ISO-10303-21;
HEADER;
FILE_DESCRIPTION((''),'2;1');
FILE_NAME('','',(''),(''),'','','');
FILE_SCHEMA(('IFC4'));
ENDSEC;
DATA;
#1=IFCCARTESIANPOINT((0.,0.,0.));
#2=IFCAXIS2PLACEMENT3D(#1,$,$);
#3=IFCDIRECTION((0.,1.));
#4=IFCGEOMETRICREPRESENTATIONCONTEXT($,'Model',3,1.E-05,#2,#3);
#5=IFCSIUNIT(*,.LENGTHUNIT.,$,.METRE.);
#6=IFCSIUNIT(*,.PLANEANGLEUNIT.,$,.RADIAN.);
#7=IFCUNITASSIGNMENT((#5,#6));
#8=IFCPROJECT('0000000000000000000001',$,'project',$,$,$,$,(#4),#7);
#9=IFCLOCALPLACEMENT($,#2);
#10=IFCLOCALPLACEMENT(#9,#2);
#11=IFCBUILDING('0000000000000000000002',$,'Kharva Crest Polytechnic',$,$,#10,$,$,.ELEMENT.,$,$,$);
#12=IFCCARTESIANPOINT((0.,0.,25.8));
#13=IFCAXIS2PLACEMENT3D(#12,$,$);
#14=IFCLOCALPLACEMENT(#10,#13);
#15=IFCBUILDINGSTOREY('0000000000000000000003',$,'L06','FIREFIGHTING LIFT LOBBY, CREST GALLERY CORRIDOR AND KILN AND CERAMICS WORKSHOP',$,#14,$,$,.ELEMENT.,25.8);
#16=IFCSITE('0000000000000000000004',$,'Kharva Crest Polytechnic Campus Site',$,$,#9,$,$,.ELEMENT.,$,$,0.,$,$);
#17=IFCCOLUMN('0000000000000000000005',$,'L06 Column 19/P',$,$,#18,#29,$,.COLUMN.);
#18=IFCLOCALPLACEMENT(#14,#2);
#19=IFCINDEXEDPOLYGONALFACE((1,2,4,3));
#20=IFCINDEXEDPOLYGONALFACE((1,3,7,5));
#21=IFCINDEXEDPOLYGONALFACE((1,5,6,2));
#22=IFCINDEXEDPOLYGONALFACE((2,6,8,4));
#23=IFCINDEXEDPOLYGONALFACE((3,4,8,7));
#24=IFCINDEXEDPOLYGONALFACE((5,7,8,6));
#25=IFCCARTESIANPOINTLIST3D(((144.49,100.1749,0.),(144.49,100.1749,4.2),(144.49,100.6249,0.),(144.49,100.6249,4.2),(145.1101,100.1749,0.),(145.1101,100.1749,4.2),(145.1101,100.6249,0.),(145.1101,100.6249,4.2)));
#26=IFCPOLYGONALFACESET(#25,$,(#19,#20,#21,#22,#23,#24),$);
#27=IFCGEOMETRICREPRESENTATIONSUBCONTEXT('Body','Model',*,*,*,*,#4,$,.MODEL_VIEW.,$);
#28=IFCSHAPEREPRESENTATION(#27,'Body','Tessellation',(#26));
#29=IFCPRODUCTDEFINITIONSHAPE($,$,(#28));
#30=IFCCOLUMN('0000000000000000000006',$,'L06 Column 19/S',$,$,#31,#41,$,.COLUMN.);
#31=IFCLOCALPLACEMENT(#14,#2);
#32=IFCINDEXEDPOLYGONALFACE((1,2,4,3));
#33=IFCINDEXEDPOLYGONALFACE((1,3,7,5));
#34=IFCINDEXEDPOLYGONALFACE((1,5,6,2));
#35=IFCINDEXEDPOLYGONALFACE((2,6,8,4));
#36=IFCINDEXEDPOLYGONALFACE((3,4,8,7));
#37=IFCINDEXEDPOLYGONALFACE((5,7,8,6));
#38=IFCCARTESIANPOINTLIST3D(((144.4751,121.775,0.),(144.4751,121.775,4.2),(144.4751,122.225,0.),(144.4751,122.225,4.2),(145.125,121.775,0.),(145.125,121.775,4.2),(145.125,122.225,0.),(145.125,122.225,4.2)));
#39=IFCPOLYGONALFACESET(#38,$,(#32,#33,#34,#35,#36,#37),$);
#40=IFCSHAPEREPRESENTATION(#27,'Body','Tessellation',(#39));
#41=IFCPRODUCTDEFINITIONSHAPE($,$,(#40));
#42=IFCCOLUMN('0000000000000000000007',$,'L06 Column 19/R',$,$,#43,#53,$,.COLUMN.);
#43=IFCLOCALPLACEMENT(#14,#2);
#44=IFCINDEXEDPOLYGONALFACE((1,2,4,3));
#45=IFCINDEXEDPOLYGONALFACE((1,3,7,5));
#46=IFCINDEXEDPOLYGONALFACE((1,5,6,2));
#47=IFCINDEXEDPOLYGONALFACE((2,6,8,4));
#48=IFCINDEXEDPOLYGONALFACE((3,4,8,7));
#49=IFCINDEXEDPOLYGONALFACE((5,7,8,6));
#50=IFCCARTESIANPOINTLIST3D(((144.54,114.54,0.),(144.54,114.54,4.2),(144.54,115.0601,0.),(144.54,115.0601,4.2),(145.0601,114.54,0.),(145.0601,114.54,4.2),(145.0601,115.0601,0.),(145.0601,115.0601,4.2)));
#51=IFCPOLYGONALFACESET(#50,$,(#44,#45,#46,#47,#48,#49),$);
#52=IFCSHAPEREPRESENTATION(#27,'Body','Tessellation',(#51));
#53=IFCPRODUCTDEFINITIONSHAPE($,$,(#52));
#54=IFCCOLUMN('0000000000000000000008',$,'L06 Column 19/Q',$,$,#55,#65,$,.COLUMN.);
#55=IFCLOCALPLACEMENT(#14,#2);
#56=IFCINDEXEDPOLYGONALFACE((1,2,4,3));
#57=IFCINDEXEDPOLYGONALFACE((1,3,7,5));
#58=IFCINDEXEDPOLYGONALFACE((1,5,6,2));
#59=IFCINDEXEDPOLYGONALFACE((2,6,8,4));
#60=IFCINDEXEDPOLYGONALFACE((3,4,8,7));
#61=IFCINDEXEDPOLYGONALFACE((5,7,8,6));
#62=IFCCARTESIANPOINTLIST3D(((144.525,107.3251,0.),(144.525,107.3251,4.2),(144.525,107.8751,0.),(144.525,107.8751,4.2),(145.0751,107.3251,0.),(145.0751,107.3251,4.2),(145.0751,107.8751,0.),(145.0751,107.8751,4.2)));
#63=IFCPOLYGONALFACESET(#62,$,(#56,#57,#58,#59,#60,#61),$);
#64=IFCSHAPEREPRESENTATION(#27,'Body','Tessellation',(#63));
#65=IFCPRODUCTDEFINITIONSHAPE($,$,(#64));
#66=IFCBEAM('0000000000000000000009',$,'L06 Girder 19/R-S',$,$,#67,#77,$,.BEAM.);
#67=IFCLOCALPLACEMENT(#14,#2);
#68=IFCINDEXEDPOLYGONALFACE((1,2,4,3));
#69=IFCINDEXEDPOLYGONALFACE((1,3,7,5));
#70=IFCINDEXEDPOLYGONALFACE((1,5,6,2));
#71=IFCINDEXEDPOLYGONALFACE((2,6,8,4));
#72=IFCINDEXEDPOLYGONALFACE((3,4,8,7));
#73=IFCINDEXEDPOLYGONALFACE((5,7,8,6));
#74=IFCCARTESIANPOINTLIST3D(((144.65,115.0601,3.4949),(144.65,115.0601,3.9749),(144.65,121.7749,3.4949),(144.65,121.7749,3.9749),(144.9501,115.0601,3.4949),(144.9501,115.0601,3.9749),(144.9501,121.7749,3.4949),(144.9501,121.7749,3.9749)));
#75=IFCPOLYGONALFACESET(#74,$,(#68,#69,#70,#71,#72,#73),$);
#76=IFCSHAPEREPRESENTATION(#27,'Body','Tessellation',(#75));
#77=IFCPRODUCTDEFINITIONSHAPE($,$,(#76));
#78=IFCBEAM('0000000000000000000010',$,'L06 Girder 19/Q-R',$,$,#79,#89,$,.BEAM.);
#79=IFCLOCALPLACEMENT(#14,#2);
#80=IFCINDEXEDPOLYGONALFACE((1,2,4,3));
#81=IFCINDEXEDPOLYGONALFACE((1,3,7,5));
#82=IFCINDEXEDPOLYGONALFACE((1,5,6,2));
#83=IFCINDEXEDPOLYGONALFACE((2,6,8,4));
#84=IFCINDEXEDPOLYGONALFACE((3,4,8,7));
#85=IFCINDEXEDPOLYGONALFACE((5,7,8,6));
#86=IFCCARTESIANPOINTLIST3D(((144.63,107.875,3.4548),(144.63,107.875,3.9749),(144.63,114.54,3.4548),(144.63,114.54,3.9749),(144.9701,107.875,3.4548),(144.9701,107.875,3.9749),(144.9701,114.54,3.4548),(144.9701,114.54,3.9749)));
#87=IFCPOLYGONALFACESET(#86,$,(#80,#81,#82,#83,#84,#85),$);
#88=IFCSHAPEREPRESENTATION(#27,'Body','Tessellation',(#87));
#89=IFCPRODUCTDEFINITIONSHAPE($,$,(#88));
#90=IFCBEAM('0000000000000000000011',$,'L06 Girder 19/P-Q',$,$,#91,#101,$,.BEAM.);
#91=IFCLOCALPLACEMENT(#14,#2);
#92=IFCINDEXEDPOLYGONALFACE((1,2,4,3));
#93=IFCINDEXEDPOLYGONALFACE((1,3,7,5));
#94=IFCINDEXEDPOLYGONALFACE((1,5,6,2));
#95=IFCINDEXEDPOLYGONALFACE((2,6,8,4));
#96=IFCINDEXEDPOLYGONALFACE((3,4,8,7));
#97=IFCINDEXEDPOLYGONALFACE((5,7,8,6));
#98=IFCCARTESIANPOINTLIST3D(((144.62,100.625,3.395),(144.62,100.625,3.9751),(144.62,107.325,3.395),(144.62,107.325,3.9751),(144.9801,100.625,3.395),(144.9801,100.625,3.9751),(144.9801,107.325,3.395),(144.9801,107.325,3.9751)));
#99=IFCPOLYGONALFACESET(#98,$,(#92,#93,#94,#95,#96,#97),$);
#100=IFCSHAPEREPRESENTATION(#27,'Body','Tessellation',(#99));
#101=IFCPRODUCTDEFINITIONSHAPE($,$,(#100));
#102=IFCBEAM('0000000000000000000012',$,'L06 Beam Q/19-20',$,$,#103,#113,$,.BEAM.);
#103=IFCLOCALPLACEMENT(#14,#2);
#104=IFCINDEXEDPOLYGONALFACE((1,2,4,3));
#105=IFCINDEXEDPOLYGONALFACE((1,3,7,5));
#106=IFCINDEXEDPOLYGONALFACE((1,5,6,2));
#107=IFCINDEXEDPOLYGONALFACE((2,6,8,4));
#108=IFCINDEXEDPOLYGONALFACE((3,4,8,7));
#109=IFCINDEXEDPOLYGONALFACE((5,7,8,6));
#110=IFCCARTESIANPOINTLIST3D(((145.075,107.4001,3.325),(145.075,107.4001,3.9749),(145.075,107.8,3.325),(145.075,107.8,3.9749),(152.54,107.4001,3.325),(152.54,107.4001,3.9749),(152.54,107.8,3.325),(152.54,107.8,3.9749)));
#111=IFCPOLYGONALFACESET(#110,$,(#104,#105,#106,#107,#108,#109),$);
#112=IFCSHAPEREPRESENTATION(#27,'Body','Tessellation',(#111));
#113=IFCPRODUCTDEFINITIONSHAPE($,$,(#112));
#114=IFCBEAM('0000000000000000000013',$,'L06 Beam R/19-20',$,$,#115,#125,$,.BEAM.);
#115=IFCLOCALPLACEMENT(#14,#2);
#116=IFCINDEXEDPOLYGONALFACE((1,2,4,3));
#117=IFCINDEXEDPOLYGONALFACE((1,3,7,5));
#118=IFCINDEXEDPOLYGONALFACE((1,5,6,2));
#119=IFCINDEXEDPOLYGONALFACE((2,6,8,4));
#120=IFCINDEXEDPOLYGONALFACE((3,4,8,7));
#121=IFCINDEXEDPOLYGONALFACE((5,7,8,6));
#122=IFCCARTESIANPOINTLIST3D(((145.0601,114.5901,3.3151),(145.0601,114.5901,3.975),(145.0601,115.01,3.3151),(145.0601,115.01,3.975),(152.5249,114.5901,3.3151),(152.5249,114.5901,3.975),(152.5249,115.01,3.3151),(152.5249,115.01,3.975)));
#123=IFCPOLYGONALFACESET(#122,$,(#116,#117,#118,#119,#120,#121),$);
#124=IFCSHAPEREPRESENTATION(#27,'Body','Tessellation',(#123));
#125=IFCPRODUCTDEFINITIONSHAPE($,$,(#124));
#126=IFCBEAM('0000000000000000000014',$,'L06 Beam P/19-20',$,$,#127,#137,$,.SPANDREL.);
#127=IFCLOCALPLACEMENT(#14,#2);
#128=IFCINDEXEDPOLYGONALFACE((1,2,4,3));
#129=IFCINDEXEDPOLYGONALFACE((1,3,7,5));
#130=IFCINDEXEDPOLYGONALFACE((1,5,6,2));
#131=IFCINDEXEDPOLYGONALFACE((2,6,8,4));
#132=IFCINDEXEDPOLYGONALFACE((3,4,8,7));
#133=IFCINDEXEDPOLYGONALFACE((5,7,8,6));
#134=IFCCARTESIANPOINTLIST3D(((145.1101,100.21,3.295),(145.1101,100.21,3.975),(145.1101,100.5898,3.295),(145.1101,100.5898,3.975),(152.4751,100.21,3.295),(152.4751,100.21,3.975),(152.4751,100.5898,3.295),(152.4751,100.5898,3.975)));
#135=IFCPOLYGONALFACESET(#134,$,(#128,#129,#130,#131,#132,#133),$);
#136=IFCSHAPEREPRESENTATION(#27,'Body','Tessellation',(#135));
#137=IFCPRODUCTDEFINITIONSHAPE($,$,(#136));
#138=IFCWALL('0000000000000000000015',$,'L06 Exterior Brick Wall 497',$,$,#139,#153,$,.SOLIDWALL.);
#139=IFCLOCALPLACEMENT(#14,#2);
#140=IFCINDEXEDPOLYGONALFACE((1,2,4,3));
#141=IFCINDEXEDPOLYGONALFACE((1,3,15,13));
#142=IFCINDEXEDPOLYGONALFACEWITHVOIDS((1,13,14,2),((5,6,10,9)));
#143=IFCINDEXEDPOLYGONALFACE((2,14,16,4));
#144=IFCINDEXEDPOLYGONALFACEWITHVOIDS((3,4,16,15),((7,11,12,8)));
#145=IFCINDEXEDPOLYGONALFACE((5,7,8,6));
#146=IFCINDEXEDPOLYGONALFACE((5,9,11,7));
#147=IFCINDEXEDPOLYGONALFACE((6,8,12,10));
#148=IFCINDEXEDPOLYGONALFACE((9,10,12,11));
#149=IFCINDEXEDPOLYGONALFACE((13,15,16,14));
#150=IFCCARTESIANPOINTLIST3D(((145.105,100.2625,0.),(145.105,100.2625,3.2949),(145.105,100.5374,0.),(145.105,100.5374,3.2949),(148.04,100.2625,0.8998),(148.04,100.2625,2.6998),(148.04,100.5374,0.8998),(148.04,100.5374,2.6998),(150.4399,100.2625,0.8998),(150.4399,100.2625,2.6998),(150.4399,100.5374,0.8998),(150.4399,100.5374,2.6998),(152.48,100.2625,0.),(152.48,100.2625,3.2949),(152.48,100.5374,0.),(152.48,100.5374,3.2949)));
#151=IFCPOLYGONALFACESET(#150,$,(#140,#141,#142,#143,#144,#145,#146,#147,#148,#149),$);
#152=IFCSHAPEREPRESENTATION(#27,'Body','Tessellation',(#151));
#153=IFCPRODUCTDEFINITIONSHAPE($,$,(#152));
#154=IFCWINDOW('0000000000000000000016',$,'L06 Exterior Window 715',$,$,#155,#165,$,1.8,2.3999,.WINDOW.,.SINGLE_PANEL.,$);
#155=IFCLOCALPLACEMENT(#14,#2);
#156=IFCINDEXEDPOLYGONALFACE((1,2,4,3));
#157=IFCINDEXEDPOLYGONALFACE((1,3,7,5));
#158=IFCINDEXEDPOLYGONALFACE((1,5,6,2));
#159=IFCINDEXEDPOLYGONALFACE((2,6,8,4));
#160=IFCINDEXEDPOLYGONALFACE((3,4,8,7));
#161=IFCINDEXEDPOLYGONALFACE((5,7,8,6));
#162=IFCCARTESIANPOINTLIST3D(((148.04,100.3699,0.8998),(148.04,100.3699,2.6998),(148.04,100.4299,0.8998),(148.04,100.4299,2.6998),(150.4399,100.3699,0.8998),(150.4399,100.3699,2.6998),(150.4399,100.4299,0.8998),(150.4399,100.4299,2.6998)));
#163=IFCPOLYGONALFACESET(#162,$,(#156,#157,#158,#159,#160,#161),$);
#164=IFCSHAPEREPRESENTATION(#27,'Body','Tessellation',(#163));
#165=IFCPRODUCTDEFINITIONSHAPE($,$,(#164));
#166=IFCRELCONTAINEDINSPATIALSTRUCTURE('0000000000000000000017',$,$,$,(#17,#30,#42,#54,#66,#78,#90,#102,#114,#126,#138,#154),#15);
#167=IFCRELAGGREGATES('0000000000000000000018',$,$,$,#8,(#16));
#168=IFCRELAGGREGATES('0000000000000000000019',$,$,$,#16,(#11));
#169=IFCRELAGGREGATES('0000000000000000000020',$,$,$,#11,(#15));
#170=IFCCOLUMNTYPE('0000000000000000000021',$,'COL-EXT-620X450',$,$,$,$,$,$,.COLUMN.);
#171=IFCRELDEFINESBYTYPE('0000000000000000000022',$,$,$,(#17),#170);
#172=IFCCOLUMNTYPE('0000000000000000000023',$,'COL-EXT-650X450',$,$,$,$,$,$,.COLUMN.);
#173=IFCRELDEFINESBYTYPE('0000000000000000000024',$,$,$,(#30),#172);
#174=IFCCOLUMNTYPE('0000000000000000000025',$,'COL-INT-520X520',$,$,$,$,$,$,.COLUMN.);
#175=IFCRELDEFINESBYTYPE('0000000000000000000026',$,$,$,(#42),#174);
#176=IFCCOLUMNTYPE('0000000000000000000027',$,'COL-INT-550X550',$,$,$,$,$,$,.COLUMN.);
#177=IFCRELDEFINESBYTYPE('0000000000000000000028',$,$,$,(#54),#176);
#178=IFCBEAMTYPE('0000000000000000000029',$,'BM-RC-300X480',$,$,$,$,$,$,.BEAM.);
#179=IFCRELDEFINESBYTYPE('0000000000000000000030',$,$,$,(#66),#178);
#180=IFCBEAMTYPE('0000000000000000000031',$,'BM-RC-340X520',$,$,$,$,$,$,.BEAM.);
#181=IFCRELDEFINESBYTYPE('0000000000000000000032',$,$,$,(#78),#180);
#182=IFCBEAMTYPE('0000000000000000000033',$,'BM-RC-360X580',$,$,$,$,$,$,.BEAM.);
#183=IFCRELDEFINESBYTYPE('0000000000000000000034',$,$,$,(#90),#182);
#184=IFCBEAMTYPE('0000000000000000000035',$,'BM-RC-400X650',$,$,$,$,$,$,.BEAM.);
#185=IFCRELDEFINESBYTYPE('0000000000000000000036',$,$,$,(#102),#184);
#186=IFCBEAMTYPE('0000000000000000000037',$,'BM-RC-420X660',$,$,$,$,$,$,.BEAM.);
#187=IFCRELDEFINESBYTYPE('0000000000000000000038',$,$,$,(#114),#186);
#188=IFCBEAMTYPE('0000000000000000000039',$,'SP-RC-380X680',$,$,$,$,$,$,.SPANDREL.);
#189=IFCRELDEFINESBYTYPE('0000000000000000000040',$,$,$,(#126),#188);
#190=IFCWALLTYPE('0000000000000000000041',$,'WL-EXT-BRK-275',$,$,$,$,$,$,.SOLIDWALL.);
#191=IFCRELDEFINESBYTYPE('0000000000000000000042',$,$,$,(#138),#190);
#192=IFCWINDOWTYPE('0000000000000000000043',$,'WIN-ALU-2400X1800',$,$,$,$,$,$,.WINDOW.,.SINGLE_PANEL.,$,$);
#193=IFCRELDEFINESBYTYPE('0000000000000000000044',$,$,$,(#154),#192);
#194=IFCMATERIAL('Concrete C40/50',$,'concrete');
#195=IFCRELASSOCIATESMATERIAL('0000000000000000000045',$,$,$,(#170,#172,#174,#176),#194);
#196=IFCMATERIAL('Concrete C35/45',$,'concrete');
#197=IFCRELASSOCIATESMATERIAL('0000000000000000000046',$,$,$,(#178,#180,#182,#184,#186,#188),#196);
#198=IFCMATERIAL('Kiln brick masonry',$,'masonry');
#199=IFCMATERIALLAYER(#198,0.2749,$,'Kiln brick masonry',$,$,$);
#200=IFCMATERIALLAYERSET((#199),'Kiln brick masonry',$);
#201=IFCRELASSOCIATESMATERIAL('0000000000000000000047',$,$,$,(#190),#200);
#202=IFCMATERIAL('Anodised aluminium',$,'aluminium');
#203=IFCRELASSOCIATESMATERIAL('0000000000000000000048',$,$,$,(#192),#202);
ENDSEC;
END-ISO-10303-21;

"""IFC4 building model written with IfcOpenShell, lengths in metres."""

from ifc_helpers import new_model, si_unit, direction, frame, frame_2d, origin, origin_2d, place, context, subcontext, project, spatial, rectangle, extrude, material, layer, layer_set, material_profile, profile_set, type_object, element, fill, save


model = new_model("IFC4")

# Units and contexts
model_context = context("Model", 3, precision=1e-05, world=origin(), true_north=direction((0.0, 1.0)))
body_context = subcontext(model_context, "Body", "Model", "MODEL_VIEW")
ifc_project = project(units=[si_unit("LENGTHUNIT", "METRE"), si_unit("PLANEANGLEUNIT", "RADIAN")], contexts=[model_context])

# Site, building, storey
site_placement = place(None, origin())
site = spatial("IfcSite", under=ifc_project, at=site_placement, Name="Kharva Crest Polytechnic Campus Site", CompositionType="ELEMENT", RefElevation=0.0)
building_placement = place(site_placement, origin())
building = spatial("IfcBuilding", under=site, at=building_placement, Name="Kharva Crest Polytechnic", CompositionType="ELEMENT")
storey_placement = place(building_placement, frame((0.0, 0.0, 25.8)))
storey = spatial("IfcBuildingStorey", under=building, at=storey_placement, Name="L06", Description="FIREFIGHTING LIFT LOBBY, CREST GALLERY CORRIDOR AND KILN AND CERAMICS WORKSHOP", CompositionType="ELEMENT", Elevation=25.8)

# Columns
ifc_material_1 = material(Name="Concrete C40/50", Category="concrete")
ifc_material_profile_1 = material_profile(ifc_material_1, rectangle(XDim=0.6201, YDim=0.45, at=origin_2d()), Name="RECT 620 X 450")
ifc_profile_set_1 = profile_set([ifc_material_profile_1], Name="Concrete C40/50")
column_type_1 = type_object("IfcColumnType", Name="COL-EXT-620X450", PredefinedType="COLUMN", material=ifc_profile_set_1)
column_1_placement = place(storey_placement, frame((144.8, 100.3999, 0.0), z_axis=(0.0, 0.0, 1.0), x_axis=(1.0, 0.0, 0.0)))
element("IfcColumn", 1, at=column_1_placement, inside=storey, type_object=column_type_1, Name="L06 Column 19/P", PredefinedType="COLUMN", context=body_context, shape_type="SweptSolid", body=[
    extrude(rectangle(XDim=0.6201, YDim=0.45, at=origin_2d()), origin(), (0.0, 0.0, 1.0), 4.2),
])
ifc_material_profile_2 = material_profile(ifc_material_1, rectangle(XDim=0.6499, YDim=0.45, at=origin_2d()), Name="RECT 650 X 450")
ifc_profile_set_2 = profile_set([ifc_material_profile_2], Name="Concrete C40/50")
column_type_2 = type_object("IfcColumnType", Name="COL-EXT-650X450", PredefinedType="COLUMN", material=ifc_profile_set_2)
column_2_placement = place(storey_placement, frame((144.8, 122.0, 0.0), z_axis=(0.0, 0.0, 1.0), x_axis=(1.0, 0.0, 0.0)))
element("IfcColumn", 2, at=column_2_placement, inside=storey, type_object=column_type_2, Name="L06 Column 19/S", PredefinedType="COLUMN", context=body_context, shape_type="SweptSolid", body=[
    extrude(rectangle(XDim=0.6499, YDim=0.45, at=origin_2d()), origin(), (0.0, 0.0, 1.0), 4.2),
])
ifc_material_profile_3 = material_profile(ifc_material_1, rectangle(XDim=0.52, YDim=0.52, at=origin_2d()), Name="RECT 520 X 520")
ifc_profile_set_3 = profile_set([ifc_material_profile_3], Name="Concrete C40/50")
column_type_3 = type_object("IfcColumnType", Name="COL-INT-520X520", PredefinedType="COLUMN", material=ifc_profile_set_3)
column_3_placement = place(storey_placement, frame((144.8, 114.8, 0.0), z_axis=(0.0, 0.0, 1.0), x_axis=(1.0, 0.0, 0.0)))
element("IfcColumn", 3, at=column_3_placement, inside=storey, type_object=column_type_3, Name="L06 Column 19/R", PredefinedType="COLUMN", context=body_context, shape_type="SweptSolid", body=[
    extrude(rectangle(XDim=0.52, YDim=0.52, at=origin_2d()), origin(), (0.0, 0.0, 1.0), 4.2),
])
ifc_material_profile_4 = material_profile(ifc_material_1, rectangle(XDim=0.55, YDim=0.55, at=origin_2d()), Name="RECT 550 X 550")
ifc_profile_set_4 = profile_set([ifc_material_profile_4], Name="Concrete C40/50")
column_type_4 = type_object("IfcColumnType", Name="COL-INT-550X550", PredefinedType="COLUMN", material=ifc_profile_set_4)
column_4_placement = place(storey_placement, frame((144.8, 107.6001, 0.0), z_axis=(0.0, 0.0, 1.0), x_axis=(1.0, 0.0, 0.0)))
element("IfcColumn", 4, at=column_4_placement, inside=storey, type_object=column_type_4, Name="L06 Column 19/Q", PredefinedType="COLUMN", context=body_context, shape_type="SweptSolid", body=[
    extrude(rectangle(XDim=0.55, YDim=0.55, at=origin_2d()), origin(), (0.0, 0.0, 1.0), 4.2),
])

# Beams
ifc_material_2 = material(Name="Concrete C35/45", Category="concrete")
ifc_material_profile_5 = material_profile(ifc_material_2, rectangle(XDim=0.3, YDim=0.48, at=origin_2d()), Name="RECT 300 X 480")
ifc_profile_set_5 = profile_set([ifc_material_profile_5], Name="Concrete C35/45")
beam_type_1 = type_object("IfcBeamType", Name="BM-RC-300X480", PredefinedType="BEAM", material=ifc_profile_set_5)
beam_1_placement = place(storey_placement, frame((144.8, 115.0601, 3.7349), z_axis=(0.0, 1.0, 0.0), x_axis=(-1.0, 0.0, 0.0)))
element("IfcBeam", 5, at=beam_1_placement, inside=storey, type_object=beam_type_1, Name="L06 Girder 19/R-S", PredefinedType="BEAM", context=body_context, shape_type="SweptSolid", body=[
    extrude(rectangle(XDim=0.3, YDim=0.48, at=origin_2d()), origin(), (0.0, 0.0, 1.0), 6.7148),
])
ifc_material_profile_6 = material_profile(ifc_material_2, rectangle(XDim=0.3401, YDim=0.52, at=origin_2d()), Name="RECT 340 X 520")
ifc_profile_set_6 = profile_set([ifc_material_profile_6], Name="Concrete C35/45")
beam_type_2 = type_object("IfcBeamType", Name="BM-RC-340X520", PredefinedType="BEAM", material=ifc_profile_set_6)
beam_2_placement = place(storey_placement, frame((144.8, 107.875, 3.7148), z_axis=(0.0, 1.0, 0.0), x_axis=(-1.0, 0.0, 0.0)))
element("IfcBeam", 6, at=beam_2_placement, inside=storey, type_object=beam_type_2, Name="L06 Girder 19/Q-R", PredefinedType="BEAM", context=body_context, shape_type="SweptSolid", body=[
    extrude(rectangle(XDim=0.3401, YDim=0.52, at=origin_2d()), origin(), (0.0, 0.0, 1.0), 6.665),
])
ifc_material_profile_7 = material_profile(ifc_material_2, rectangle(XDim=0.3601, YDim=0.5801, at=origin_2d()), Name="RECT 360 X 580")
ifc_profile_set_7 = profile_set([ifc_material_profile_7], Name="Concrete C35/45")
beam_type_3 = type_object("IfcBeamType", Name="BM-RC-360X580", PredefinedType="BEAM", material=ifc_profile_set_7)
beam_3_placement = place(storey_placement, frame((144.8, 100.625, 3.6851), z_axis=(0.0, 1.0, 0.0), x_axis=(-1.0, 0.0, 0.0)))
element("IfcBeam", 7, at=beam_3_placement, inside=storey, type_object=beam_type_3, Name="L06 Girder 19/P-Q", PredefinedType="BEAM", context=body_context, shape_type="SweptSolid", body=[
    extrude(rectangle(XDim=0.3601, YDim=0.5801, at=origin_2d()), origin(), (0.0, 0.0, 1.0), 6.7),
])
ifc_material_profile_8 = material_profile(ifc_material_2, rectangle(XDim=0.3999, YDim=0.6499, at=origin_2d()), Name="RECT 400 X 650")
ifc_profile_set_8 = profile_set([ifc_material_profile_8], Name="Concrete C35/45")
beam_type_4 = type_object("IfcBeamType", Name="BM-RC-400X650", PredefinedType="BEAM", material=ifc_profile_set_8)
beam_4_placement = place(storey_placement, frame((145.075, 107.6001, 3.6499), z_axis=(1.0, 0.0, 0.0), x_axis=(0.0, 1.0, 0.0)))
element("IfcBeam", 8, at=beam_4_placement, inside=storey, type_object=beam_type_4, Name="L06 Beam Q/19-20", PredefinedType="BEAM", context=body_context, shape_type="SweptSolid", body=[
    extrude(rectangle(XDim=0.3999, YDim=0.6499, at=origin_2d()), origin(), (0.0, 0.0, 1.0), 7.4651),
])
ifc_material_profile_9 = material_profile(ifc_material_2, rectangle(XDim=0.4199, YDim=0.6599, at=origin_2d()), Name="RECT 420 X 660")
ifc_profile_set_9 = profile_set([ifc_material_profile_9], Name="Concrete C35/45")
beam_type_5 = type_object("IfcBeamType", Name="BM-RC-420X660", PredefinedType="BEAM", material=ifc_profile_set_9)
beam_5_placement = place(storey_placement, frame((145.0601, 114.8, 3.645), z_axis=(1.0, 0.0, 0.0), x_axis=(0.0, 1.0, 0.0)))
element("IfcBeam", 9, at=beam_5_placement, inside=storey, type_object=beam_type_5, Name="L06 Beam R/19-20", PredefinedType="BEAM", context=body_context, shape_type="SweptSolid", body=[
    extrude(rectangle(XDim=0.4199, YDim=0.6599, at=origin_2d()), origin(), (0.0, 0.0, 1.0), 7.4648),
])
ifc_material_profile_10 = material_profile(ifc_material_2, rectangle(XDim=0.3799, YDim=0.6799, at=origin_2d()), Name="RECT 380 X 680")
ifc_profile_set_10 = profile_set([ifc_material_profile_10], Name="Concrete C35/45")
beam_type_6 = type_object("IfcBeamType", Name="SP-RC-380X680", PredefinedType="SPANDREL", material=ifc_profile_set_10)
beam_6_placement = place(storey_placement, frame((145.1101, 100.3999, 3.635), z_axis=(1.0, 0.0, 0.0), x_axis=(0.0, 1.0, 0.0)))
element("IfcBeam", 10, at=beam_6_placement, inside=storey, type_object=beam_type_6, Name="L06 Beam P/19-20", PredefinedType="SPANDREL", context=body_context, shape_type="SweptSolid", body=[
    extrude(rectangle(XDim=0.3799, YDim=0.6799, at=origin_2d()), origin(), (0.0, 0.0, 1.0), 7.365),
])

# Wall, opening, window
ifc_material_3 = material(Name="Kiln brick masonry", Category="masonry")
ifc_layer_1 = layer(ifc_material_3, 0.2749, Name="Kiln brick masonry")
ifc_layer_set_1 = layer_set([ifc_layer_1], Name="Kiln brick masonry")
wall_type_1 = type_object("IfcWallType", Name="WL-EXT-BRK-275", PredefinedType="SOLIDWALL", material=ifc_layer_set_1)
wall_1_placement = place(storey_placement, frame((145.105, 100.3999, 0.0), z_axis=(0.0, 0.0, 1.0), x_axis=(1.0, 0.0, 0.0)))
wall_1 = element("IfcWall", 11, at=wall_1_placement, inside=storey, type_object=wall_type_1, Name="L06 Exterior Brick Wall 497", PredefinedType="SOLIDWALL", context=body_context, shape_type="SweptSolid", body=[
    extrude(rectangle(XDim=7.375, YDim=0.2749, at=frame_2d((3.6875, 0.0))), origin(), (0.0, 0.0, 1.0), 3.2949),
])
opening_1_placement = place(wall_1_placement, frame((2.9351, 0.0, 0.8999)))
opening_1 = element("IfcOpeningElement", 12, at=opening_1_placement, cuts=wall_1, PredefinedType="OPENING", context=body_context, shape_type="SweptSolid", body=[
    extrude(rectangle(XDim=2.3999, YDim=1.8, at=frame_2d((1.2, 0.8999))), frame((0.0, 0.1475, 0.0), z_axis=(0.0, -1.0, 0.0), x_axis=(1.0, 0.0, 0.0)), (0.0, 0.0, 1.0), 0.2949),
])
ifc_material_4 = material(Name="Anodised aluminium", Category="aluminium")
window_type_1 = type_object("IfcWindowType", Name="WIN-ALU-2400X1800", PartitioningType="SINGLE_PANEL", PredefinedType="WINDOW", material=ifc_material_4)
window_1_placement = place(opening_1_placement, origin())
window_1 = element("IfcWindow", 13, at=window_1_placement, inside=storey, type_object=window_type_1, Name="L06 Exterior Window 715", OverallHeight=1.8, OverallWidth=2.3999, PartitioningType="SINGLE_PANEL", PredefinedType="WINDOW", context=body_context, shape_type="SweptSolid", body=[
    extrude(rectangle(XDim=2.3999, YDim=1.8, at=frame_2d((1.2, 0.8999))), frame((0.0, 0.03, 0.0), z_axis=(0.0, -1.0, 0.0), x_axis=(1.0, 0.0, 0.0)), (0.0, 0.0, 1.0), 0.0601),
])
fill(opening_1, window_1)

save(model, "model.ifc")
